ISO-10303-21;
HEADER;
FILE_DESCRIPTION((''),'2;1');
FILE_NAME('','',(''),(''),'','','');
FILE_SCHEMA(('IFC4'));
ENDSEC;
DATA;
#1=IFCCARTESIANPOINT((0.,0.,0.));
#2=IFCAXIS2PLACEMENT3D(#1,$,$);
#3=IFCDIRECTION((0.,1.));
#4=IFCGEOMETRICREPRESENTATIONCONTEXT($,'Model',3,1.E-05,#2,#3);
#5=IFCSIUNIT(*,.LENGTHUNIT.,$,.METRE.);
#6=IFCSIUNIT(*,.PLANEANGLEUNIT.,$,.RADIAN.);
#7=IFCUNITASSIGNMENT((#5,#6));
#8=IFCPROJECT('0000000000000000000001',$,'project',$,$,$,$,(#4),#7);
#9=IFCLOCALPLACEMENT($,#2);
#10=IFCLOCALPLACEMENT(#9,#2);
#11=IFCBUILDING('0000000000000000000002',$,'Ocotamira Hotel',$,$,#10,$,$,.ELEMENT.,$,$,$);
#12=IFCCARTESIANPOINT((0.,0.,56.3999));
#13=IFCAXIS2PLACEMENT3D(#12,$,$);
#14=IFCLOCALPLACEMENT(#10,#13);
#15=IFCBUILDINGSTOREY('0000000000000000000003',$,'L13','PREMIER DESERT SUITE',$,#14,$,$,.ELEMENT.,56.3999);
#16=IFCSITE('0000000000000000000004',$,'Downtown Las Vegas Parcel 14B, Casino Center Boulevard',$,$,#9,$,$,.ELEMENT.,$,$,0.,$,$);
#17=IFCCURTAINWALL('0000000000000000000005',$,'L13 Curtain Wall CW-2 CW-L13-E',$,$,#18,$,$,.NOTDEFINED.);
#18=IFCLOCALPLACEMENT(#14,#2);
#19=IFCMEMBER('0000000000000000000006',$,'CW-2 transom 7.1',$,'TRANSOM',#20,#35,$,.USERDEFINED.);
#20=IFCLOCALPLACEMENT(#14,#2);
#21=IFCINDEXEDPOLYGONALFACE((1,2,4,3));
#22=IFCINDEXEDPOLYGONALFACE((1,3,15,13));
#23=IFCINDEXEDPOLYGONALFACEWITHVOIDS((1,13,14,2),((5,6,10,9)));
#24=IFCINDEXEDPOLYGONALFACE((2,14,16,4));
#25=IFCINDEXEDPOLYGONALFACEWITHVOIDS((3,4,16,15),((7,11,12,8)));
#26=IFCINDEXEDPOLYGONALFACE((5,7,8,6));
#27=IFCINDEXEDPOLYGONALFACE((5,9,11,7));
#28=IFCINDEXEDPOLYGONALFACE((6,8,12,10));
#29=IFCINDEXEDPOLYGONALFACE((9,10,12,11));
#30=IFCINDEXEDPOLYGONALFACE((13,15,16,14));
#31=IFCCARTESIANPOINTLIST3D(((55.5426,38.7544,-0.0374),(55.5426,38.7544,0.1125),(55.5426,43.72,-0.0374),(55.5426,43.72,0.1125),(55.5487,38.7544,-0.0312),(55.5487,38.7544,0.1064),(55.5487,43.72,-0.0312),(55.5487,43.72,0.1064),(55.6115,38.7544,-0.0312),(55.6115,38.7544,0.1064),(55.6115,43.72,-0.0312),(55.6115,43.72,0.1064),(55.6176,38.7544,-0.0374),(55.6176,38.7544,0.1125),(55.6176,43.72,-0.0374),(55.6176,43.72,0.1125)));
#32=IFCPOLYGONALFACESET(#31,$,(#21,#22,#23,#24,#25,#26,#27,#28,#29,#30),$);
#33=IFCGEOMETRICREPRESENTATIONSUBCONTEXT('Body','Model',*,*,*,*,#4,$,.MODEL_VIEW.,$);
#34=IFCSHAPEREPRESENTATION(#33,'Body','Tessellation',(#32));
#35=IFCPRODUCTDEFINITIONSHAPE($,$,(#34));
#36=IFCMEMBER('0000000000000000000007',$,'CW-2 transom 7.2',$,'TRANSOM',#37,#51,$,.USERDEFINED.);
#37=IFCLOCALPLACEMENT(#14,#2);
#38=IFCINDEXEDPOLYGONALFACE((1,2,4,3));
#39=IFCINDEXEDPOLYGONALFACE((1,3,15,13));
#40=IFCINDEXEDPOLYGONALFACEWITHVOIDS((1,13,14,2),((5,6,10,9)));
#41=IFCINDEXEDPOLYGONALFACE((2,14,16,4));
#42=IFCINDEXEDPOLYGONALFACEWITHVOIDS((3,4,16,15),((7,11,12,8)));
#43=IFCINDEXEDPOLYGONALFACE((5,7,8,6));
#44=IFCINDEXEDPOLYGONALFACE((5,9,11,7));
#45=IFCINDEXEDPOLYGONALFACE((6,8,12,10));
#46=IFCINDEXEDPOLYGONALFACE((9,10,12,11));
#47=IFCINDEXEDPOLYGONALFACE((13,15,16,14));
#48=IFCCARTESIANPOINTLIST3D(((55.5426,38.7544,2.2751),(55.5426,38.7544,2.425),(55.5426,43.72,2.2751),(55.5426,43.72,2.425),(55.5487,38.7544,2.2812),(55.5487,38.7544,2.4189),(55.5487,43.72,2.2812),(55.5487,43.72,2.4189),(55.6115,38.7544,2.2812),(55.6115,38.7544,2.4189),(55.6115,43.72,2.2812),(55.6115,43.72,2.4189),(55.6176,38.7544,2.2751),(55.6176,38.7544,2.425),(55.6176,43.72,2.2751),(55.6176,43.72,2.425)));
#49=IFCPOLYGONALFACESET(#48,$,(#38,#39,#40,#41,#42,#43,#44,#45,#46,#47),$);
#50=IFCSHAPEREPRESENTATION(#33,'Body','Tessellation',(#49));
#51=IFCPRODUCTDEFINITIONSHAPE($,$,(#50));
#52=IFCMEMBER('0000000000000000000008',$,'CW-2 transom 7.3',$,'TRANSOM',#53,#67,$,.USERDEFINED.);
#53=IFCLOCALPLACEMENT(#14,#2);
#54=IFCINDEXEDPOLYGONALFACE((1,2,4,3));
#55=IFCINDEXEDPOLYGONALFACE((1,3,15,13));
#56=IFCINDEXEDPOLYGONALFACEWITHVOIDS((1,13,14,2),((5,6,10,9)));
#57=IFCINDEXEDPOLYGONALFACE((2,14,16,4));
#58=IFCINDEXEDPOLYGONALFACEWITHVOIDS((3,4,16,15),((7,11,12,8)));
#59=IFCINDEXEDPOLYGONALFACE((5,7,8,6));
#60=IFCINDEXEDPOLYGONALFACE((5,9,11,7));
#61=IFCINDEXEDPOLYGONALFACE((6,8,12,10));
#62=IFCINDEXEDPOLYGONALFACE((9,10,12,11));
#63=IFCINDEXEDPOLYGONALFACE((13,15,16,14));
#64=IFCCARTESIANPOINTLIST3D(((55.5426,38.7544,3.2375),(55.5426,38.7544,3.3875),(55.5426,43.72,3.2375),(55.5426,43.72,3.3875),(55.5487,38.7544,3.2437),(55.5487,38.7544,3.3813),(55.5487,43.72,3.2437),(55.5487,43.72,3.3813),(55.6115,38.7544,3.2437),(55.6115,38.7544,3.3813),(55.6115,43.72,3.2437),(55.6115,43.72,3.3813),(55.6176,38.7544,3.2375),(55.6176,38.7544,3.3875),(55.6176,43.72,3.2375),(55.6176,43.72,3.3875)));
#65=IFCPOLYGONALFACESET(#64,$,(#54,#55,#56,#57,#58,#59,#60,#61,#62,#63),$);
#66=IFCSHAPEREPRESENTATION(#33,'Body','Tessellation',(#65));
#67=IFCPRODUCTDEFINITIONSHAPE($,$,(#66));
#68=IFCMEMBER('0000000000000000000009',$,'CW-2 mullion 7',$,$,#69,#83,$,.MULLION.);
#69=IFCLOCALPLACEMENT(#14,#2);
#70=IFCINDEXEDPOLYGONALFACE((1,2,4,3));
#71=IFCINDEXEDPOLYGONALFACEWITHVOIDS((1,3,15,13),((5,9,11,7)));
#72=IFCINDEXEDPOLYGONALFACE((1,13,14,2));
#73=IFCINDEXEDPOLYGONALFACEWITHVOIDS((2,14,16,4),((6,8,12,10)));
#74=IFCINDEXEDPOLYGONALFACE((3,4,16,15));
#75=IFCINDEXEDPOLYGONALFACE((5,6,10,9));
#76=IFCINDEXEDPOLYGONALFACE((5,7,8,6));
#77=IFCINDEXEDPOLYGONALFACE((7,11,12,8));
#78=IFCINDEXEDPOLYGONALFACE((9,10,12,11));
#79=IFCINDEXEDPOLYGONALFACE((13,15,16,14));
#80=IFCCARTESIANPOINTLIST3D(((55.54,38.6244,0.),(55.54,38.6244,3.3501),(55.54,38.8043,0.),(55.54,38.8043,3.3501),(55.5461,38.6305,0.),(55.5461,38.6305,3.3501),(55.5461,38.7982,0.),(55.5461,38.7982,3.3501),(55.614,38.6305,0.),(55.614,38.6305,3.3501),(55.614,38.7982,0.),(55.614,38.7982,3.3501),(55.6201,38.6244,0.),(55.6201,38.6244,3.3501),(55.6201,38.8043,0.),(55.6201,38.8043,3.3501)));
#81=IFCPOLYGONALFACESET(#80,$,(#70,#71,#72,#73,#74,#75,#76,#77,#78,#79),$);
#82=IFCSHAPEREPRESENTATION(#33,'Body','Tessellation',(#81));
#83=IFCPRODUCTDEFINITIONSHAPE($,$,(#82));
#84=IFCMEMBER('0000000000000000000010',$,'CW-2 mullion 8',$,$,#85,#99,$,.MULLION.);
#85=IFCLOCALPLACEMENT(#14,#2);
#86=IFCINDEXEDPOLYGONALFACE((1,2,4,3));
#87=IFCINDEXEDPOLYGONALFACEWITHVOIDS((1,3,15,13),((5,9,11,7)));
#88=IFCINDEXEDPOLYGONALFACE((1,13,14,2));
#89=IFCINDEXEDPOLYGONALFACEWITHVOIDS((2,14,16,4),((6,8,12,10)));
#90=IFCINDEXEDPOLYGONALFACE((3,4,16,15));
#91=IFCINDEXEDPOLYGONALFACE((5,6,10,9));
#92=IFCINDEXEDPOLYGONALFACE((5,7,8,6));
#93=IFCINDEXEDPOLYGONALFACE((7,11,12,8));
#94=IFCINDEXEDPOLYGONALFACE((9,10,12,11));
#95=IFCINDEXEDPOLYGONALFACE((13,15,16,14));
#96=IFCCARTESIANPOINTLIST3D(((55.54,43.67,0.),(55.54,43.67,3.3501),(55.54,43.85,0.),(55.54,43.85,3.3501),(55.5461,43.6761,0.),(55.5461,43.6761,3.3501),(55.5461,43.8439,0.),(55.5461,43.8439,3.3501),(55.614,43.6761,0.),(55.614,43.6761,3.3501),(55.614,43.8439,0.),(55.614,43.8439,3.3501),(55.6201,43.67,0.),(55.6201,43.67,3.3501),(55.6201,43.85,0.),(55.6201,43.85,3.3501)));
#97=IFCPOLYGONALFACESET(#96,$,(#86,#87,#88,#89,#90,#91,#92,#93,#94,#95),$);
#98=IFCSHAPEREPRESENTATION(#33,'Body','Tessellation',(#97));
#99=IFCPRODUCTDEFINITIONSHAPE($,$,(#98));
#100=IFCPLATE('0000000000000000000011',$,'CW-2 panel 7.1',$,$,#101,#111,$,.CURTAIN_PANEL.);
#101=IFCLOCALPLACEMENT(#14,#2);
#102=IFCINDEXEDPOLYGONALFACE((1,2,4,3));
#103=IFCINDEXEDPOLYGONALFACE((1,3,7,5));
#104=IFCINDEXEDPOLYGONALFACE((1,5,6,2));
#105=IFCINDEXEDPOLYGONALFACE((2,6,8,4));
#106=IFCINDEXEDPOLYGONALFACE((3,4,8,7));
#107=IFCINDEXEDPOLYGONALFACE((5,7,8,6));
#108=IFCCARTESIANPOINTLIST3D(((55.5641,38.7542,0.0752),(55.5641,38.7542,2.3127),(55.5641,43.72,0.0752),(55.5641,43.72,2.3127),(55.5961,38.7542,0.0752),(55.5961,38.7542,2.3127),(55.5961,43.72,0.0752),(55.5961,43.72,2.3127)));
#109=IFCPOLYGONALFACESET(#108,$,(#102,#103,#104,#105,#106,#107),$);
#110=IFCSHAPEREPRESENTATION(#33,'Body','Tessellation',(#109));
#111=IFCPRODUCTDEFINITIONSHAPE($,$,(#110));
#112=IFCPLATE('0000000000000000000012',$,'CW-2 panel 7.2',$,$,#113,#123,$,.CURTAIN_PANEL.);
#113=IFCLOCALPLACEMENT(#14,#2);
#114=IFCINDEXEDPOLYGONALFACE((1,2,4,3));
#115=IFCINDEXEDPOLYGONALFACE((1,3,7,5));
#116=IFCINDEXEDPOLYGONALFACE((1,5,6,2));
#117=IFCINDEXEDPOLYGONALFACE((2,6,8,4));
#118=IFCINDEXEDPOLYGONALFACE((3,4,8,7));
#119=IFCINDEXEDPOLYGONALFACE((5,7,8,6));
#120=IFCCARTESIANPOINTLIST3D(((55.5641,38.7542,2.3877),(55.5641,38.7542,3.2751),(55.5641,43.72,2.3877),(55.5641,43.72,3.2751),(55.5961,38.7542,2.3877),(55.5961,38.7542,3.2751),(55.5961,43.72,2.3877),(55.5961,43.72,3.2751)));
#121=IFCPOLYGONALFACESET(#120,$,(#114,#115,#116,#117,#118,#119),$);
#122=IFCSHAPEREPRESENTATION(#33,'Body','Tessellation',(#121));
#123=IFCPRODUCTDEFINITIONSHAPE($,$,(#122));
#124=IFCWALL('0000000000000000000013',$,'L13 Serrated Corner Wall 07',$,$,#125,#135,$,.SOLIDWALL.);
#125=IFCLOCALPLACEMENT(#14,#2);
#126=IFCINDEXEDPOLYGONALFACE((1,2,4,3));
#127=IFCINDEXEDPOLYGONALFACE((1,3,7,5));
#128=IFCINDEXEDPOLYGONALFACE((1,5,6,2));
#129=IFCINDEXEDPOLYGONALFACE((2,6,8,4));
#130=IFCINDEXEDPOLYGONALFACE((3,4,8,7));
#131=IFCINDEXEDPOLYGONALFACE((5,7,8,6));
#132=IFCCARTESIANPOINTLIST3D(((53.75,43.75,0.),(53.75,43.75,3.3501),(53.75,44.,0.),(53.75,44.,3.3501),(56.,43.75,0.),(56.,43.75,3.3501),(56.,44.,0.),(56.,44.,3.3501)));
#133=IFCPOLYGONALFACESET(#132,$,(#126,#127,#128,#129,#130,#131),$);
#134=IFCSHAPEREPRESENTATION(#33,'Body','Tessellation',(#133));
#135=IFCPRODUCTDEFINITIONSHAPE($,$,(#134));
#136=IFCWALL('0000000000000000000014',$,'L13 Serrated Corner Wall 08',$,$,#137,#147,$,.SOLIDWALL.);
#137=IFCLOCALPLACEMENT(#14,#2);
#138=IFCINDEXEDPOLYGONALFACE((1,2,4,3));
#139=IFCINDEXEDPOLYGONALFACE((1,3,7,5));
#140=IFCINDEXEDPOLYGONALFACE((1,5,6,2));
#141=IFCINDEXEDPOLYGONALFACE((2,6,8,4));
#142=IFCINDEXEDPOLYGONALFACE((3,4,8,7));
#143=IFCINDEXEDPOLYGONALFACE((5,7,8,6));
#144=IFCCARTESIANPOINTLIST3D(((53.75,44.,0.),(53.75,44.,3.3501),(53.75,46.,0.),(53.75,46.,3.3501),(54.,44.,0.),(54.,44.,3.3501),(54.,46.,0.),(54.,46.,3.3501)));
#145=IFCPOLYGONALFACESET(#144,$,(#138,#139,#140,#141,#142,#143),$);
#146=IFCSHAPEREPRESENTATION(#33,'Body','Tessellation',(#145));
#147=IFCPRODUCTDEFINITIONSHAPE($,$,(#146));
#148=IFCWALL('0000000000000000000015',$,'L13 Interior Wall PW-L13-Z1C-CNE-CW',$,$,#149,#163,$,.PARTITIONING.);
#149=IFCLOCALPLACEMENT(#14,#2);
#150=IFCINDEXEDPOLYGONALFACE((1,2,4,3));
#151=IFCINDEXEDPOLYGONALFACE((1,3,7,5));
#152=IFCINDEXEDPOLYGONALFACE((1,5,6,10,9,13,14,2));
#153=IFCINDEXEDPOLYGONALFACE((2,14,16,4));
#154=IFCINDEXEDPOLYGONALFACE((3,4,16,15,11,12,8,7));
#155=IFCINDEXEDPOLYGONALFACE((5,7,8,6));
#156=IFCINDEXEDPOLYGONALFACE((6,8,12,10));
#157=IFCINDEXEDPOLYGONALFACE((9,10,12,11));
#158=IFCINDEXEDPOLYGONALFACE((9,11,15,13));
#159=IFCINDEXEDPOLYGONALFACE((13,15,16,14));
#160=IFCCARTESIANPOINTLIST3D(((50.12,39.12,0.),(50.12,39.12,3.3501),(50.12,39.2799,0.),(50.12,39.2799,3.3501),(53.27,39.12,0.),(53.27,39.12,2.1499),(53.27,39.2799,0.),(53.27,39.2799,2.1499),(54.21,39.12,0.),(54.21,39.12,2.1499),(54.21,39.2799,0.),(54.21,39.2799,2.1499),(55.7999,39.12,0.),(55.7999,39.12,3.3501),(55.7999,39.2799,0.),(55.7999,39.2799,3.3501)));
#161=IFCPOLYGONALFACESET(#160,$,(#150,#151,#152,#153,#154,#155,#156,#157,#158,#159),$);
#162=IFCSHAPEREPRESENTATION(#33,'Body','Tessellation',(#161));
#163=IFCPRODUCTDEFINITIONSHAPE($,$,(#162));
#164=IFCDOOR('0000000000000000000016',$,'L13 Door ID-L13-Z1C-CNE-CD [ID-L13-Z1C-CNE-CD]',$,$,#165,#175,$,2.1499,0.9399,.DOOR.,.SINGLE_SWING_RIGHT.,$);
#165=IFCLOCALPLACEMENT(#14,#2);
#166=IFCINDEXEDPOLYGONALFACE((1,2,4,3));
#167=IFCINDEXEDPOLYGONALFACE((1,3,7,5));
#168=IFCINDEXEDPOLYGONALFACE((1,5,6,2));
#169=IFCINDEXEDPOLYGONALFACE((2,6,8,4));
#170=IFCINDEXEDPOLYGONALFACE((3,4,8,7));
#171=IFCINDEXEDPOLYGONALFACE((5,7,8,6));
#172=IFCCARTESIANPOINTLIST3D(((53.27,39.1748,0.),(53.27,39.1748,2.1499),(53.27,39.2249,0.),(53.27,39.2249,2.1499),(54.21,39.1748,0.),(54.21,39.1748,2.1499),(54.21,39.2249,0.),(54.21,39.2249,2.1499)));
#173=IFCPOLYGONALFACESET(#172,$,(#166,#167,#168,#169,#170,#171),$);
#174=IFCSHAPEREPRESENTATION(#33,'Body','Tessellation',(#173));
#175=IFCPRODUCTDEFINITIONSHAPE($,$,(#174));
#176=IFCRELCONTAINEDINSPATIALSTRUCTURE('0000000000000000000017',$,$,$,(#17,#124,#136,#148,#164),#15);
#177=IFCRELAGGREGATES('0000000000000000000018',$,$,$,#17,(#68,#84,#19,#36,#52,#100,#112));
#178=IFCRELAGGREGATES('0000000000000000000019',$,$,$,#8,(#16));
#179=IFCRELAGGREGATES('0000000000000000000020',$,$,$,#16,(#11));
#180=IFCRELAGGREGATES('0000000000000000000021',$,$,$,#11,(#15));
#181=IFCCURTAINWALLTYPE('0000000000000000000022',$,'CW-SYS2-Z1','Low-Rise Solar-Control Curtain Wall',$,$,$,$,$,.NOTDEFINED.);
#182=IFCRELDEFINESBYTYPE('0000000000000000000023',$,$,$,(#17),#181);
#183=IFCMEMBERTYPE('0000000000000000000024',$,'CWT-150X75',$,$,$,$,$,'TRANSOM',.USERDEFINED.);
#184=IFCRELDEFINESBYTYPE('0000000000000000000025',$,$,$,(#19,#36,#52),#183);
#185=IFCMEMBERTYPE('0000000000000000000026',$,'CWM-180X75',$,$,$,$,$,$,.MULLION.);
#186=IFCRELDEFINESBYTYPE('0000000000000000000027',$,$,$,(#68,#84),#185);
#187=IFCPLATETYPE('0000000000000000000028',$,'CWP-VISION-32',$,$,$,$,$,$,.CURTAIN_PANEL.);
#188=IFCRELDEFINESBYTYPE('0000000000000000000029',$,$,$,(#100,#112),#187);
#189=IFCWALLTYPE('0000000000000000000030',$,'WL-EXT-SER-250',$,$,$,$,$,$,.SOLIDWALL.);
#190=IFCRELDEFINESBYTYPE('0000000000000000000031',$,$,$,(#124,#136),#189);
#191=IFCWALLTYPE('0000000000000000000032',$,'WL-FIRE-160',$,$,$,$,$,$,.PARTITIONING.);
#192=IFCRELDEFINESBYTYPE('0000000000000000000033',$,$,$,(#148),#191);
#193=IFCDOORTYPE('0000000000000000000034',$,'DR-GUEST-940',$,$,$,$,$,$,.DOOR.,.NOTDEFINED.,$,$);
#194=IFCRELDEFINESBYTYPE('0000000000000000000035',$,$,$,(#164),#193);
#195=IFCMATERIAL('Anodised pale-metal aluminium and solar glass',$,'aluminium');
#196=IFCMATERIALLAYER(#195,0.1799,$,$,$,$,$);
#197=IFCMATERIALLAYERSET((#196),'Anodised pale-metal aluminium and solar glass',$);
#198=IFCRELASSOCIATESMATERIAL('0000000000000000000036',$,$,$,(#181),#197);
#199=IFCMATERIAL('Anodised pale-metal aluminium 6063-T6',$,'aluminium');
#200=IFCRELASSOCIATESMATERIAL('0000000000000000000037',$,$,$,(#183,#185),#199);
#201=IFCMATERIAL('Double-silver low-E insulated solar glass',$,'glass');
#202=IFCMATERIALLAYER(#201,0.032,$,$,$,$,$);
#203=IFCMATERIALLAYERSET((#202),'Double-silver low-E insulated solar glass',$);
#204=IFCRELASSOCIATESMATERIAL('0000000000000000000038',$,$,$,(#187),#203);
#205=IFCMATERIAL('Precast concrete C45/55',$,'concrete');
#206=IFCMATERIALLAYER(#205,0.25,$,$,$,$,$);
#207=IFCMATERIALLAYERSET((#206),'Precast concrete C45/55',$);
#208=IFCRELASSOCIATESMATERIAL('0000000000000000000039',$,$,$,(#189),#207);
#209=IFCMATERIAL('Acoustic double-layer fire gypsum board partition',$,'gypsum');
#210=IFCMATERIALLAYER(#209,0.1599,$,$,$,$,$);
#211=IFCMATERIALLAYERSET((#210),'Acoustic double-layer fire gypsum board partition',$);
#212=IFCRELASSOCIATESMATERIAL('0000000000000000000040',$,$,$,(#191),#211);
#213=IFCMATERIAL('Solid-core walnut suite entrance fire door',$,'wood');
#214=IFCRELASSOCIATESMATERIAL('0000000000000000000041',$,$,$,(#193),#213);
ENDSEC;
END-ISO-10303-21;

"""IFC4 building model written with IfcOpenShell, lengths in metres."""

from ifc_helpers import new_model, si_unit, direction, frame, frame_2d, origin, origin_2d, place, context, subcontext, project, spatial, rectangle, hollow_rectangle, extrude, source, transform, mapped, material, layer, layer_set, material_profile, profile_set, type_object, element, fill, aggregate, save


model = new_model("IFC4")

# Units and contexts
model_context = context("Model", 3, precision=1e-05, world=origin(), true_north=direction((0.0, 1.0)))
body_context = subcontext(model_context, "Body", "Model", "MODEL_VIEW")
ifc_project = project(units=[si_unit("LENGTHUNIT", "METRE"), si_unit("PLANEANGLEUNIT", "RADIAN")], contexts=[model_context])

# Site, building, storey
site_placement = place(None, origin())
site = spatial("IfcSite", under=ifc_project, at=site_placement, Name="Downtown Las Vegas Parcel 14B, Casino Center Boulevard", CompositionType="ELEMENT", RefElevation=0.0)
building_placement = place(site_placement, origin())
building = spatial("IfcBuilding", under=site, at=building_placement, Name="Ocotamira Hotel", CompositionType="ELEMENT")
storey_placement = place(building_placement, frame((0.0, 0.0, 56.3999)))
storey = spatial("IfcBuildingStorey", under=building, at=storey_placement, Name="L13", Description="PREMIER DESERT SUITE", CompositionType="ELEMENT", Elevation=56.3999)

# Curtain wall, members, plates
ifc_material_1 = material(Name="Anodised pale-metal aluminium and solar glass", Category="aluminium")
ifc_layer_1 = layer(ifc_material_1, 0.1799)
ifc_layer_set_1 = layer_set([ifc_layer_1], Name="Anodised pale-metal aluminium and solar glass")
curtain_wall_type = type_object("IfcCurtainWallType", Name="CW-SYS2-Z1", Description="Low-Rise Solar-Control Curtain Wall", PredefinedType="NOTDEFINED", material=ifc_layer_set_1)
curtain_wall_placement = place(storey_placement, origin())
curtain_wall = element("IfcCurtainWall", 1, at=curtain_wall_placement, inside=storey, type_object=curtain_wall_type, Name="L13 Curtain Wall CW-2 CW-L13-E", PredefinedType="NOTDEFINED")
ifc_material_2 = material(Name="Anodised pale-metal aluminium 6063-T6", Category="aluminium")
ifc_material_profile_1 = material_profile(ifc_material_2, hollow_rectangle(XDim=0.075, YDim=0.1499, WallThickness=0.0061, at=origin_2d()), Name="HSS150X75X6")
ifc_profile_set_1 = profile_set([ifc_material_profile_1], Name="Anodised pale-metal aluminium 6063-T6")
member_type_1 = type_object("IfcMemberType", Name="CWT-150X75", ElementType="TRANSOM", PredefinedType="USERDEFINED", material=ifc_profile_set_1)
shared_shape_1 = source(origin(), body_context, "Body", "SweptSolid", [
    extrude(hollow_rectangle(XDim=0.075, YDim=0.1499, WallThickness=0.0061, at=origin_2d()), origin(), (0.0, 0.0, 1.0), 4.9656),
])
member_1_placement = place(storey_placement, frame((55.5801, 38.7544, 0.0376), z_axis=(0.0, 1.0, 0.0), x_axis=(-1.0, 0.0, 0.0)))
member_1 = element("IfcMember", 2, at=member_1_placement, type_object=member_type_1, Name="CW-2 transom 7.1", ObjectType="TRANSOM", PredefinedType="USERDEFINED", context=body_context, shape_type="MappedRepresentation", body=[
    mapped(shared_shape_1, transform((0.0, 0.0, 0.0), scale=1.0)),
])
member_2_placement = place(storey_placement, frame((55.5801, 38.7544, 2.3501), z_axis=(0.0, 1.0, 0.0), x_axis=(-1.0, 0.0, 0.0)))
member_2 = element("IfcMember", 3, at=member_2_placement, type_object=member_type_1, Name="CW-2 transom 7.2", ObjectType="TRANSOM", PredefinedType="USERDEFINED", context=body_context, shape_type="MappedRepresentation", body=[
    mapped(shared_shape_1, transform((0.0, 0.0, 0.0), scale=1.0)),
])
member_3_placement = place(storey_placement, frame((55.5801, 38.7544, 3.3125), z_axis=(0.0, 1.0, 0.0), x_axis=(-1.0, 0.0, 0.0)))
member_3 = element("IfcMember", 4, at=member_3_placement, type_object=member_type_1, Name="CW-2 transom 7.3", ObjectType="TRANSOM", PredefinedType="USERDEFINED", context=body_context, shape_type="MappedRepresentation", body=[
    mapped(shared_shape_1, transform((0.0, 0.0, 0.0), scale=1.0)),
])
ifc_material_profile_2 = material_profile(ifc_material_2, hollow_rectangle(XDim=0.0801, YDim=0.1799, WallThickness=0.0061, at=origin_2d()), Name="HSS180X80X6")
ifc_profile_set_2 = profile_set([ifc_material_profile_2], Name="Anodised pale-metal aluminium 6063-T6")
member_type_2 = type_object("IfcMemberType", Name="CWM-180X75", PredefinedType="MULLION", material=ifc_profile_set_2)
shared_shape_2 = source(origin(), body_context, "Body", "SweptSolid", [
    extrude(hollow_rectangle(XDim=0.0801, YDim=0.1799, WallThickness=0.0061, at=origin_2d()), origin(), (0.0, 0.0, 1.0), 3.3501),
])
member_4_placement = place(storey_placement, frame((55.5801, 38.7144, 0.0), z_axis=(0.0, 0.0, 1.0), x_axis=(-1.0, 0.0, 0.0)))
member_4 = element("IfcMember", 5, at=member_4_placement, type_object=member_type_2, Name="CW-2 mullion 7", PredefinedType="MULLION", context=body_context, shape_type="MappedRepresentation", body=[
    mapped(shared_shape_2, transform((0.0, 0.0, 0.0), scale=1.0)),
])
member_5_placement = place(storey_placement, frame((55.5801, 43.76, 0.0), z_axis=(0.0, 0.0, 1.0), x_axis=(-1.0, 0.0, 0.0)))
member_5 = element("IfcMember", 6, at=member_5_placement, type_object=member_type_2, Name="CW-2 mullion 8", PredefinedType="MULLION", context=body_context, shape_type="MappedRepresentation", body=[
    mapped(shared_shape_2, transform((0.0, 0.0, 0.0), scale=1.0)),
])
ifc_material_3 = material(Name="Double-silver low-E insulated solar glass", Category="glass")
ifc_layer_2 = layer(ifc_material_3, 0.032)
ifc_layer_set_2 = layer_set([ifc_layer_2], Name="Double-silver low-E insulated solar glass")
plate_type = type_object("IfcPlateType", Name="CWP-VISION-32", PredefinedType="CURTAIN_PANEL", material=ifc_layer_set_2)
shared_shape_3 = source(origin(), body_context, "Body", "SweptSolid", [
    extrude(rectangle(XDim=4.9658, YDim=0.032, at=origin_2d()), origin(), (0.0, 0.0, 1.0), 2.2375),
])
plate_1_placement = place(storey_placement, frame((55.5801, 41.2371, 0.0752), z_axis=(0.0, 0.0, 1.0), x_axis=(0.0, 1.0, 0.0)))
plate_1 = element("IfcPlate", 7, at=plate_1_placement, type_object=plate_type, Name="CW-2 panel 7.1", PredefinedType="CURTAIN_PANEL", context=body_context, shape_type="MappedRepresentation", body=[
    mapped(shared_shape_3, transform((0.0, 0.0, 0.0), scale=1.0)),
])
shared_shape_4 = source(origin(), body_context, "Body", "SweptSolid", [
    extrude(rectangle(XDim=4.9658, YDim=0.032, at=origin_2d()), origin(), (0.0, 0.0, 1.0), 0.8875),
])
plate_2_placement = place(storey_placement, frame((55.5801, 41.2371, 2.3877), z_axis=(0.0, 0.0, 1.0), x_axis=(0.0, 1.0, 0.0)))
plate_2 = element("IfcPlate", 8, at=plate_2_placement, type_object=plate_type, Name="CW-2 panel 7.2", PredefinedType="CURTAIN_PANEL", context=body_context, shape_type="MappedRepresentation", body=[
    mapped(shared_shape_4, transform((0.0, 0.0, 0.0), scale=1.0)),
])
aggregate(curtain_wall, [member_4, member_5, member_1, member_2, member_3, plate_1, plate_2])

# Walls
ifc_material_4 = material(Name="Precast concrete C45/55", Category="concrete")
ifc_layer_3 = layer(ifc_material_4, 0.25)
ifc_layer_set_3 = layer_set([ifc_layer_3], Name="Precast concrete C45/55")
wall_type_1 = type_object("IfcWallType", Name="WL-EXT-SER-250", PredefinedType="SOLIDWALL", material=ifc_layer_set_3)
wall_1_placement = place(storey_placement, frame((56.0, 43.875, 0.0), z_axis=(0.0, 0.0, 1.0), x_axis=(-1.0, 0.0, 0.0)))
element("IfcWall", 9, at=wall_1_placement, inside=storey, type_object=wall_type_1, Name="L13 Serrated Corner Wall 07", PredefinedType="SOLIDWALL", context=body_context, shape_type="SweptSolid", body=[
    extrude(rectangle(XDim=2.25, YDim=0.25, at=frame_2d((1.125, 0.0))), origin(), (0.0, 0.0, 1.0), 3.3501),
])
wall_2_placement = place(storey_placement, frame((53.875, 44.0, 0.0), z_axis=(0.0, 0.0, 1.0), x_axis=(0.0, 1.0, 0.0)))
element("IfcWall", 10, at=wall_2_placement, inside=storey, type_object=wall_type_1, Name="L13 Serrated Corner Wall 08", PredefinedType="SOLIDWALL", context=body_context, shape_type="SweptSolid", body=[
    extrude(rectangle(XDim=2.0, YDim=0.25, at=frame_2d((1.0, 0.0))), origin(), (0.0, 0.0, 1.0), 3.3501),
])

# Wall, opening, door
ifc_material_5 = material(Name="Acoustic double-layer fire gypsum board partition", Category="gypsum")
ifc_layer_4 = layer(ifc_material_5, 0.1599)
ifc_layer_set_4 = layer_set([ifc_layer_4], Name="Acoustic double-layer fire gypsum board partition")
wall_type_2 = type_object("IfcWallType", Name="WL-FIRE-160", PredefinedType="PARTITIONING", material=ifc_layer_set_4)
wall_3_placement = place(storey_placement, frame((50.1201, 39.2, 0.0), z_axis=(0.0, 0.0, 1.0), x_axis=(1.0, 0.0, 0.0)))
wall_3 = element("IfcWall", 11, at=wall_3_placement, inside=storey, type_object=wall_type_2, Name="L13 Interior Wall PW-L13-Z1C-CNE-CW", PredefinedType="PARTITIONING", context=body_context, shape_type="SweptSolid", body=[
    extrude(rectangle(XDim=5.6799, YDim=0.1599, at=frame_2d((2.8398, 0.0))), origin(), (0.0, 0.0, 1.0), 3.3501),
])
opening_1_placement = place(wall_3_placement, frame((3.1499, 0.0, 0.0)))
opening_1 = element("IfcOpeningElement", 12, at=opening_1_placement, cuts=wall_3, PredefinedType="OPENING", context=body_context, shape_type="SweptSolid", body=[
    extrude(rectangle(XDim=0.9399, YDim=2.1499, at=frame_2d((0.47, 1.075))), frame((0.0, 0.0898, 0.0), z_axis=(0.0, -1.0, 0.0), x_axis=(1.0, 0.0, 0.0)), (0.0, 0.0, 1.0), 0.1799),
])
ifc_material_6 = material(Name="Solid-core walnut suite entrance fire door", Category="wood")
door_type_1 = type_object("IfcDoorType", Name="DR-GUEST-940", OperationType="NOTDEFINED", PredefinedType="DOOR", material=ifc_material_6)
shared_shape_5 = source(origin(), body_context, "Body", "SweptSolid", [
    extrude(rectangle(XDim=0.9399, YDim=2.1499, at=frame_2d((0.47, 1.075))), frame((0.0, 0.0249, 0.0), z_axis=(0.0, -1.0, 0.0), x_axis=(1.0, 0.0, 0.0)), (0.0, 0.0, 1.0), 0.05),
])
door_1_placement = place(opening_1_placement, origin())
door_1 = element("IfcDoor", 13, at=door_1_placement, inside=storey, type_object=door_type_1, Name="L13 Door ID-L13-Z1C-CNE-CD [ID-L13-Z1C-CNE-CD]", OperationType="SINGLE_SWING_RIGHT", OverallHeight=2.1499, OverallWidth=0.9399, PredefinedType="DOOR", context=body_context, shape_type="MappedRepresentation", body=[
    mapped(shared_shape_5, transform((0.0, 0.0, 0.0), scale=1.0)),
])
fill(opening_1, door_1)

save(model, "model.ifc")
